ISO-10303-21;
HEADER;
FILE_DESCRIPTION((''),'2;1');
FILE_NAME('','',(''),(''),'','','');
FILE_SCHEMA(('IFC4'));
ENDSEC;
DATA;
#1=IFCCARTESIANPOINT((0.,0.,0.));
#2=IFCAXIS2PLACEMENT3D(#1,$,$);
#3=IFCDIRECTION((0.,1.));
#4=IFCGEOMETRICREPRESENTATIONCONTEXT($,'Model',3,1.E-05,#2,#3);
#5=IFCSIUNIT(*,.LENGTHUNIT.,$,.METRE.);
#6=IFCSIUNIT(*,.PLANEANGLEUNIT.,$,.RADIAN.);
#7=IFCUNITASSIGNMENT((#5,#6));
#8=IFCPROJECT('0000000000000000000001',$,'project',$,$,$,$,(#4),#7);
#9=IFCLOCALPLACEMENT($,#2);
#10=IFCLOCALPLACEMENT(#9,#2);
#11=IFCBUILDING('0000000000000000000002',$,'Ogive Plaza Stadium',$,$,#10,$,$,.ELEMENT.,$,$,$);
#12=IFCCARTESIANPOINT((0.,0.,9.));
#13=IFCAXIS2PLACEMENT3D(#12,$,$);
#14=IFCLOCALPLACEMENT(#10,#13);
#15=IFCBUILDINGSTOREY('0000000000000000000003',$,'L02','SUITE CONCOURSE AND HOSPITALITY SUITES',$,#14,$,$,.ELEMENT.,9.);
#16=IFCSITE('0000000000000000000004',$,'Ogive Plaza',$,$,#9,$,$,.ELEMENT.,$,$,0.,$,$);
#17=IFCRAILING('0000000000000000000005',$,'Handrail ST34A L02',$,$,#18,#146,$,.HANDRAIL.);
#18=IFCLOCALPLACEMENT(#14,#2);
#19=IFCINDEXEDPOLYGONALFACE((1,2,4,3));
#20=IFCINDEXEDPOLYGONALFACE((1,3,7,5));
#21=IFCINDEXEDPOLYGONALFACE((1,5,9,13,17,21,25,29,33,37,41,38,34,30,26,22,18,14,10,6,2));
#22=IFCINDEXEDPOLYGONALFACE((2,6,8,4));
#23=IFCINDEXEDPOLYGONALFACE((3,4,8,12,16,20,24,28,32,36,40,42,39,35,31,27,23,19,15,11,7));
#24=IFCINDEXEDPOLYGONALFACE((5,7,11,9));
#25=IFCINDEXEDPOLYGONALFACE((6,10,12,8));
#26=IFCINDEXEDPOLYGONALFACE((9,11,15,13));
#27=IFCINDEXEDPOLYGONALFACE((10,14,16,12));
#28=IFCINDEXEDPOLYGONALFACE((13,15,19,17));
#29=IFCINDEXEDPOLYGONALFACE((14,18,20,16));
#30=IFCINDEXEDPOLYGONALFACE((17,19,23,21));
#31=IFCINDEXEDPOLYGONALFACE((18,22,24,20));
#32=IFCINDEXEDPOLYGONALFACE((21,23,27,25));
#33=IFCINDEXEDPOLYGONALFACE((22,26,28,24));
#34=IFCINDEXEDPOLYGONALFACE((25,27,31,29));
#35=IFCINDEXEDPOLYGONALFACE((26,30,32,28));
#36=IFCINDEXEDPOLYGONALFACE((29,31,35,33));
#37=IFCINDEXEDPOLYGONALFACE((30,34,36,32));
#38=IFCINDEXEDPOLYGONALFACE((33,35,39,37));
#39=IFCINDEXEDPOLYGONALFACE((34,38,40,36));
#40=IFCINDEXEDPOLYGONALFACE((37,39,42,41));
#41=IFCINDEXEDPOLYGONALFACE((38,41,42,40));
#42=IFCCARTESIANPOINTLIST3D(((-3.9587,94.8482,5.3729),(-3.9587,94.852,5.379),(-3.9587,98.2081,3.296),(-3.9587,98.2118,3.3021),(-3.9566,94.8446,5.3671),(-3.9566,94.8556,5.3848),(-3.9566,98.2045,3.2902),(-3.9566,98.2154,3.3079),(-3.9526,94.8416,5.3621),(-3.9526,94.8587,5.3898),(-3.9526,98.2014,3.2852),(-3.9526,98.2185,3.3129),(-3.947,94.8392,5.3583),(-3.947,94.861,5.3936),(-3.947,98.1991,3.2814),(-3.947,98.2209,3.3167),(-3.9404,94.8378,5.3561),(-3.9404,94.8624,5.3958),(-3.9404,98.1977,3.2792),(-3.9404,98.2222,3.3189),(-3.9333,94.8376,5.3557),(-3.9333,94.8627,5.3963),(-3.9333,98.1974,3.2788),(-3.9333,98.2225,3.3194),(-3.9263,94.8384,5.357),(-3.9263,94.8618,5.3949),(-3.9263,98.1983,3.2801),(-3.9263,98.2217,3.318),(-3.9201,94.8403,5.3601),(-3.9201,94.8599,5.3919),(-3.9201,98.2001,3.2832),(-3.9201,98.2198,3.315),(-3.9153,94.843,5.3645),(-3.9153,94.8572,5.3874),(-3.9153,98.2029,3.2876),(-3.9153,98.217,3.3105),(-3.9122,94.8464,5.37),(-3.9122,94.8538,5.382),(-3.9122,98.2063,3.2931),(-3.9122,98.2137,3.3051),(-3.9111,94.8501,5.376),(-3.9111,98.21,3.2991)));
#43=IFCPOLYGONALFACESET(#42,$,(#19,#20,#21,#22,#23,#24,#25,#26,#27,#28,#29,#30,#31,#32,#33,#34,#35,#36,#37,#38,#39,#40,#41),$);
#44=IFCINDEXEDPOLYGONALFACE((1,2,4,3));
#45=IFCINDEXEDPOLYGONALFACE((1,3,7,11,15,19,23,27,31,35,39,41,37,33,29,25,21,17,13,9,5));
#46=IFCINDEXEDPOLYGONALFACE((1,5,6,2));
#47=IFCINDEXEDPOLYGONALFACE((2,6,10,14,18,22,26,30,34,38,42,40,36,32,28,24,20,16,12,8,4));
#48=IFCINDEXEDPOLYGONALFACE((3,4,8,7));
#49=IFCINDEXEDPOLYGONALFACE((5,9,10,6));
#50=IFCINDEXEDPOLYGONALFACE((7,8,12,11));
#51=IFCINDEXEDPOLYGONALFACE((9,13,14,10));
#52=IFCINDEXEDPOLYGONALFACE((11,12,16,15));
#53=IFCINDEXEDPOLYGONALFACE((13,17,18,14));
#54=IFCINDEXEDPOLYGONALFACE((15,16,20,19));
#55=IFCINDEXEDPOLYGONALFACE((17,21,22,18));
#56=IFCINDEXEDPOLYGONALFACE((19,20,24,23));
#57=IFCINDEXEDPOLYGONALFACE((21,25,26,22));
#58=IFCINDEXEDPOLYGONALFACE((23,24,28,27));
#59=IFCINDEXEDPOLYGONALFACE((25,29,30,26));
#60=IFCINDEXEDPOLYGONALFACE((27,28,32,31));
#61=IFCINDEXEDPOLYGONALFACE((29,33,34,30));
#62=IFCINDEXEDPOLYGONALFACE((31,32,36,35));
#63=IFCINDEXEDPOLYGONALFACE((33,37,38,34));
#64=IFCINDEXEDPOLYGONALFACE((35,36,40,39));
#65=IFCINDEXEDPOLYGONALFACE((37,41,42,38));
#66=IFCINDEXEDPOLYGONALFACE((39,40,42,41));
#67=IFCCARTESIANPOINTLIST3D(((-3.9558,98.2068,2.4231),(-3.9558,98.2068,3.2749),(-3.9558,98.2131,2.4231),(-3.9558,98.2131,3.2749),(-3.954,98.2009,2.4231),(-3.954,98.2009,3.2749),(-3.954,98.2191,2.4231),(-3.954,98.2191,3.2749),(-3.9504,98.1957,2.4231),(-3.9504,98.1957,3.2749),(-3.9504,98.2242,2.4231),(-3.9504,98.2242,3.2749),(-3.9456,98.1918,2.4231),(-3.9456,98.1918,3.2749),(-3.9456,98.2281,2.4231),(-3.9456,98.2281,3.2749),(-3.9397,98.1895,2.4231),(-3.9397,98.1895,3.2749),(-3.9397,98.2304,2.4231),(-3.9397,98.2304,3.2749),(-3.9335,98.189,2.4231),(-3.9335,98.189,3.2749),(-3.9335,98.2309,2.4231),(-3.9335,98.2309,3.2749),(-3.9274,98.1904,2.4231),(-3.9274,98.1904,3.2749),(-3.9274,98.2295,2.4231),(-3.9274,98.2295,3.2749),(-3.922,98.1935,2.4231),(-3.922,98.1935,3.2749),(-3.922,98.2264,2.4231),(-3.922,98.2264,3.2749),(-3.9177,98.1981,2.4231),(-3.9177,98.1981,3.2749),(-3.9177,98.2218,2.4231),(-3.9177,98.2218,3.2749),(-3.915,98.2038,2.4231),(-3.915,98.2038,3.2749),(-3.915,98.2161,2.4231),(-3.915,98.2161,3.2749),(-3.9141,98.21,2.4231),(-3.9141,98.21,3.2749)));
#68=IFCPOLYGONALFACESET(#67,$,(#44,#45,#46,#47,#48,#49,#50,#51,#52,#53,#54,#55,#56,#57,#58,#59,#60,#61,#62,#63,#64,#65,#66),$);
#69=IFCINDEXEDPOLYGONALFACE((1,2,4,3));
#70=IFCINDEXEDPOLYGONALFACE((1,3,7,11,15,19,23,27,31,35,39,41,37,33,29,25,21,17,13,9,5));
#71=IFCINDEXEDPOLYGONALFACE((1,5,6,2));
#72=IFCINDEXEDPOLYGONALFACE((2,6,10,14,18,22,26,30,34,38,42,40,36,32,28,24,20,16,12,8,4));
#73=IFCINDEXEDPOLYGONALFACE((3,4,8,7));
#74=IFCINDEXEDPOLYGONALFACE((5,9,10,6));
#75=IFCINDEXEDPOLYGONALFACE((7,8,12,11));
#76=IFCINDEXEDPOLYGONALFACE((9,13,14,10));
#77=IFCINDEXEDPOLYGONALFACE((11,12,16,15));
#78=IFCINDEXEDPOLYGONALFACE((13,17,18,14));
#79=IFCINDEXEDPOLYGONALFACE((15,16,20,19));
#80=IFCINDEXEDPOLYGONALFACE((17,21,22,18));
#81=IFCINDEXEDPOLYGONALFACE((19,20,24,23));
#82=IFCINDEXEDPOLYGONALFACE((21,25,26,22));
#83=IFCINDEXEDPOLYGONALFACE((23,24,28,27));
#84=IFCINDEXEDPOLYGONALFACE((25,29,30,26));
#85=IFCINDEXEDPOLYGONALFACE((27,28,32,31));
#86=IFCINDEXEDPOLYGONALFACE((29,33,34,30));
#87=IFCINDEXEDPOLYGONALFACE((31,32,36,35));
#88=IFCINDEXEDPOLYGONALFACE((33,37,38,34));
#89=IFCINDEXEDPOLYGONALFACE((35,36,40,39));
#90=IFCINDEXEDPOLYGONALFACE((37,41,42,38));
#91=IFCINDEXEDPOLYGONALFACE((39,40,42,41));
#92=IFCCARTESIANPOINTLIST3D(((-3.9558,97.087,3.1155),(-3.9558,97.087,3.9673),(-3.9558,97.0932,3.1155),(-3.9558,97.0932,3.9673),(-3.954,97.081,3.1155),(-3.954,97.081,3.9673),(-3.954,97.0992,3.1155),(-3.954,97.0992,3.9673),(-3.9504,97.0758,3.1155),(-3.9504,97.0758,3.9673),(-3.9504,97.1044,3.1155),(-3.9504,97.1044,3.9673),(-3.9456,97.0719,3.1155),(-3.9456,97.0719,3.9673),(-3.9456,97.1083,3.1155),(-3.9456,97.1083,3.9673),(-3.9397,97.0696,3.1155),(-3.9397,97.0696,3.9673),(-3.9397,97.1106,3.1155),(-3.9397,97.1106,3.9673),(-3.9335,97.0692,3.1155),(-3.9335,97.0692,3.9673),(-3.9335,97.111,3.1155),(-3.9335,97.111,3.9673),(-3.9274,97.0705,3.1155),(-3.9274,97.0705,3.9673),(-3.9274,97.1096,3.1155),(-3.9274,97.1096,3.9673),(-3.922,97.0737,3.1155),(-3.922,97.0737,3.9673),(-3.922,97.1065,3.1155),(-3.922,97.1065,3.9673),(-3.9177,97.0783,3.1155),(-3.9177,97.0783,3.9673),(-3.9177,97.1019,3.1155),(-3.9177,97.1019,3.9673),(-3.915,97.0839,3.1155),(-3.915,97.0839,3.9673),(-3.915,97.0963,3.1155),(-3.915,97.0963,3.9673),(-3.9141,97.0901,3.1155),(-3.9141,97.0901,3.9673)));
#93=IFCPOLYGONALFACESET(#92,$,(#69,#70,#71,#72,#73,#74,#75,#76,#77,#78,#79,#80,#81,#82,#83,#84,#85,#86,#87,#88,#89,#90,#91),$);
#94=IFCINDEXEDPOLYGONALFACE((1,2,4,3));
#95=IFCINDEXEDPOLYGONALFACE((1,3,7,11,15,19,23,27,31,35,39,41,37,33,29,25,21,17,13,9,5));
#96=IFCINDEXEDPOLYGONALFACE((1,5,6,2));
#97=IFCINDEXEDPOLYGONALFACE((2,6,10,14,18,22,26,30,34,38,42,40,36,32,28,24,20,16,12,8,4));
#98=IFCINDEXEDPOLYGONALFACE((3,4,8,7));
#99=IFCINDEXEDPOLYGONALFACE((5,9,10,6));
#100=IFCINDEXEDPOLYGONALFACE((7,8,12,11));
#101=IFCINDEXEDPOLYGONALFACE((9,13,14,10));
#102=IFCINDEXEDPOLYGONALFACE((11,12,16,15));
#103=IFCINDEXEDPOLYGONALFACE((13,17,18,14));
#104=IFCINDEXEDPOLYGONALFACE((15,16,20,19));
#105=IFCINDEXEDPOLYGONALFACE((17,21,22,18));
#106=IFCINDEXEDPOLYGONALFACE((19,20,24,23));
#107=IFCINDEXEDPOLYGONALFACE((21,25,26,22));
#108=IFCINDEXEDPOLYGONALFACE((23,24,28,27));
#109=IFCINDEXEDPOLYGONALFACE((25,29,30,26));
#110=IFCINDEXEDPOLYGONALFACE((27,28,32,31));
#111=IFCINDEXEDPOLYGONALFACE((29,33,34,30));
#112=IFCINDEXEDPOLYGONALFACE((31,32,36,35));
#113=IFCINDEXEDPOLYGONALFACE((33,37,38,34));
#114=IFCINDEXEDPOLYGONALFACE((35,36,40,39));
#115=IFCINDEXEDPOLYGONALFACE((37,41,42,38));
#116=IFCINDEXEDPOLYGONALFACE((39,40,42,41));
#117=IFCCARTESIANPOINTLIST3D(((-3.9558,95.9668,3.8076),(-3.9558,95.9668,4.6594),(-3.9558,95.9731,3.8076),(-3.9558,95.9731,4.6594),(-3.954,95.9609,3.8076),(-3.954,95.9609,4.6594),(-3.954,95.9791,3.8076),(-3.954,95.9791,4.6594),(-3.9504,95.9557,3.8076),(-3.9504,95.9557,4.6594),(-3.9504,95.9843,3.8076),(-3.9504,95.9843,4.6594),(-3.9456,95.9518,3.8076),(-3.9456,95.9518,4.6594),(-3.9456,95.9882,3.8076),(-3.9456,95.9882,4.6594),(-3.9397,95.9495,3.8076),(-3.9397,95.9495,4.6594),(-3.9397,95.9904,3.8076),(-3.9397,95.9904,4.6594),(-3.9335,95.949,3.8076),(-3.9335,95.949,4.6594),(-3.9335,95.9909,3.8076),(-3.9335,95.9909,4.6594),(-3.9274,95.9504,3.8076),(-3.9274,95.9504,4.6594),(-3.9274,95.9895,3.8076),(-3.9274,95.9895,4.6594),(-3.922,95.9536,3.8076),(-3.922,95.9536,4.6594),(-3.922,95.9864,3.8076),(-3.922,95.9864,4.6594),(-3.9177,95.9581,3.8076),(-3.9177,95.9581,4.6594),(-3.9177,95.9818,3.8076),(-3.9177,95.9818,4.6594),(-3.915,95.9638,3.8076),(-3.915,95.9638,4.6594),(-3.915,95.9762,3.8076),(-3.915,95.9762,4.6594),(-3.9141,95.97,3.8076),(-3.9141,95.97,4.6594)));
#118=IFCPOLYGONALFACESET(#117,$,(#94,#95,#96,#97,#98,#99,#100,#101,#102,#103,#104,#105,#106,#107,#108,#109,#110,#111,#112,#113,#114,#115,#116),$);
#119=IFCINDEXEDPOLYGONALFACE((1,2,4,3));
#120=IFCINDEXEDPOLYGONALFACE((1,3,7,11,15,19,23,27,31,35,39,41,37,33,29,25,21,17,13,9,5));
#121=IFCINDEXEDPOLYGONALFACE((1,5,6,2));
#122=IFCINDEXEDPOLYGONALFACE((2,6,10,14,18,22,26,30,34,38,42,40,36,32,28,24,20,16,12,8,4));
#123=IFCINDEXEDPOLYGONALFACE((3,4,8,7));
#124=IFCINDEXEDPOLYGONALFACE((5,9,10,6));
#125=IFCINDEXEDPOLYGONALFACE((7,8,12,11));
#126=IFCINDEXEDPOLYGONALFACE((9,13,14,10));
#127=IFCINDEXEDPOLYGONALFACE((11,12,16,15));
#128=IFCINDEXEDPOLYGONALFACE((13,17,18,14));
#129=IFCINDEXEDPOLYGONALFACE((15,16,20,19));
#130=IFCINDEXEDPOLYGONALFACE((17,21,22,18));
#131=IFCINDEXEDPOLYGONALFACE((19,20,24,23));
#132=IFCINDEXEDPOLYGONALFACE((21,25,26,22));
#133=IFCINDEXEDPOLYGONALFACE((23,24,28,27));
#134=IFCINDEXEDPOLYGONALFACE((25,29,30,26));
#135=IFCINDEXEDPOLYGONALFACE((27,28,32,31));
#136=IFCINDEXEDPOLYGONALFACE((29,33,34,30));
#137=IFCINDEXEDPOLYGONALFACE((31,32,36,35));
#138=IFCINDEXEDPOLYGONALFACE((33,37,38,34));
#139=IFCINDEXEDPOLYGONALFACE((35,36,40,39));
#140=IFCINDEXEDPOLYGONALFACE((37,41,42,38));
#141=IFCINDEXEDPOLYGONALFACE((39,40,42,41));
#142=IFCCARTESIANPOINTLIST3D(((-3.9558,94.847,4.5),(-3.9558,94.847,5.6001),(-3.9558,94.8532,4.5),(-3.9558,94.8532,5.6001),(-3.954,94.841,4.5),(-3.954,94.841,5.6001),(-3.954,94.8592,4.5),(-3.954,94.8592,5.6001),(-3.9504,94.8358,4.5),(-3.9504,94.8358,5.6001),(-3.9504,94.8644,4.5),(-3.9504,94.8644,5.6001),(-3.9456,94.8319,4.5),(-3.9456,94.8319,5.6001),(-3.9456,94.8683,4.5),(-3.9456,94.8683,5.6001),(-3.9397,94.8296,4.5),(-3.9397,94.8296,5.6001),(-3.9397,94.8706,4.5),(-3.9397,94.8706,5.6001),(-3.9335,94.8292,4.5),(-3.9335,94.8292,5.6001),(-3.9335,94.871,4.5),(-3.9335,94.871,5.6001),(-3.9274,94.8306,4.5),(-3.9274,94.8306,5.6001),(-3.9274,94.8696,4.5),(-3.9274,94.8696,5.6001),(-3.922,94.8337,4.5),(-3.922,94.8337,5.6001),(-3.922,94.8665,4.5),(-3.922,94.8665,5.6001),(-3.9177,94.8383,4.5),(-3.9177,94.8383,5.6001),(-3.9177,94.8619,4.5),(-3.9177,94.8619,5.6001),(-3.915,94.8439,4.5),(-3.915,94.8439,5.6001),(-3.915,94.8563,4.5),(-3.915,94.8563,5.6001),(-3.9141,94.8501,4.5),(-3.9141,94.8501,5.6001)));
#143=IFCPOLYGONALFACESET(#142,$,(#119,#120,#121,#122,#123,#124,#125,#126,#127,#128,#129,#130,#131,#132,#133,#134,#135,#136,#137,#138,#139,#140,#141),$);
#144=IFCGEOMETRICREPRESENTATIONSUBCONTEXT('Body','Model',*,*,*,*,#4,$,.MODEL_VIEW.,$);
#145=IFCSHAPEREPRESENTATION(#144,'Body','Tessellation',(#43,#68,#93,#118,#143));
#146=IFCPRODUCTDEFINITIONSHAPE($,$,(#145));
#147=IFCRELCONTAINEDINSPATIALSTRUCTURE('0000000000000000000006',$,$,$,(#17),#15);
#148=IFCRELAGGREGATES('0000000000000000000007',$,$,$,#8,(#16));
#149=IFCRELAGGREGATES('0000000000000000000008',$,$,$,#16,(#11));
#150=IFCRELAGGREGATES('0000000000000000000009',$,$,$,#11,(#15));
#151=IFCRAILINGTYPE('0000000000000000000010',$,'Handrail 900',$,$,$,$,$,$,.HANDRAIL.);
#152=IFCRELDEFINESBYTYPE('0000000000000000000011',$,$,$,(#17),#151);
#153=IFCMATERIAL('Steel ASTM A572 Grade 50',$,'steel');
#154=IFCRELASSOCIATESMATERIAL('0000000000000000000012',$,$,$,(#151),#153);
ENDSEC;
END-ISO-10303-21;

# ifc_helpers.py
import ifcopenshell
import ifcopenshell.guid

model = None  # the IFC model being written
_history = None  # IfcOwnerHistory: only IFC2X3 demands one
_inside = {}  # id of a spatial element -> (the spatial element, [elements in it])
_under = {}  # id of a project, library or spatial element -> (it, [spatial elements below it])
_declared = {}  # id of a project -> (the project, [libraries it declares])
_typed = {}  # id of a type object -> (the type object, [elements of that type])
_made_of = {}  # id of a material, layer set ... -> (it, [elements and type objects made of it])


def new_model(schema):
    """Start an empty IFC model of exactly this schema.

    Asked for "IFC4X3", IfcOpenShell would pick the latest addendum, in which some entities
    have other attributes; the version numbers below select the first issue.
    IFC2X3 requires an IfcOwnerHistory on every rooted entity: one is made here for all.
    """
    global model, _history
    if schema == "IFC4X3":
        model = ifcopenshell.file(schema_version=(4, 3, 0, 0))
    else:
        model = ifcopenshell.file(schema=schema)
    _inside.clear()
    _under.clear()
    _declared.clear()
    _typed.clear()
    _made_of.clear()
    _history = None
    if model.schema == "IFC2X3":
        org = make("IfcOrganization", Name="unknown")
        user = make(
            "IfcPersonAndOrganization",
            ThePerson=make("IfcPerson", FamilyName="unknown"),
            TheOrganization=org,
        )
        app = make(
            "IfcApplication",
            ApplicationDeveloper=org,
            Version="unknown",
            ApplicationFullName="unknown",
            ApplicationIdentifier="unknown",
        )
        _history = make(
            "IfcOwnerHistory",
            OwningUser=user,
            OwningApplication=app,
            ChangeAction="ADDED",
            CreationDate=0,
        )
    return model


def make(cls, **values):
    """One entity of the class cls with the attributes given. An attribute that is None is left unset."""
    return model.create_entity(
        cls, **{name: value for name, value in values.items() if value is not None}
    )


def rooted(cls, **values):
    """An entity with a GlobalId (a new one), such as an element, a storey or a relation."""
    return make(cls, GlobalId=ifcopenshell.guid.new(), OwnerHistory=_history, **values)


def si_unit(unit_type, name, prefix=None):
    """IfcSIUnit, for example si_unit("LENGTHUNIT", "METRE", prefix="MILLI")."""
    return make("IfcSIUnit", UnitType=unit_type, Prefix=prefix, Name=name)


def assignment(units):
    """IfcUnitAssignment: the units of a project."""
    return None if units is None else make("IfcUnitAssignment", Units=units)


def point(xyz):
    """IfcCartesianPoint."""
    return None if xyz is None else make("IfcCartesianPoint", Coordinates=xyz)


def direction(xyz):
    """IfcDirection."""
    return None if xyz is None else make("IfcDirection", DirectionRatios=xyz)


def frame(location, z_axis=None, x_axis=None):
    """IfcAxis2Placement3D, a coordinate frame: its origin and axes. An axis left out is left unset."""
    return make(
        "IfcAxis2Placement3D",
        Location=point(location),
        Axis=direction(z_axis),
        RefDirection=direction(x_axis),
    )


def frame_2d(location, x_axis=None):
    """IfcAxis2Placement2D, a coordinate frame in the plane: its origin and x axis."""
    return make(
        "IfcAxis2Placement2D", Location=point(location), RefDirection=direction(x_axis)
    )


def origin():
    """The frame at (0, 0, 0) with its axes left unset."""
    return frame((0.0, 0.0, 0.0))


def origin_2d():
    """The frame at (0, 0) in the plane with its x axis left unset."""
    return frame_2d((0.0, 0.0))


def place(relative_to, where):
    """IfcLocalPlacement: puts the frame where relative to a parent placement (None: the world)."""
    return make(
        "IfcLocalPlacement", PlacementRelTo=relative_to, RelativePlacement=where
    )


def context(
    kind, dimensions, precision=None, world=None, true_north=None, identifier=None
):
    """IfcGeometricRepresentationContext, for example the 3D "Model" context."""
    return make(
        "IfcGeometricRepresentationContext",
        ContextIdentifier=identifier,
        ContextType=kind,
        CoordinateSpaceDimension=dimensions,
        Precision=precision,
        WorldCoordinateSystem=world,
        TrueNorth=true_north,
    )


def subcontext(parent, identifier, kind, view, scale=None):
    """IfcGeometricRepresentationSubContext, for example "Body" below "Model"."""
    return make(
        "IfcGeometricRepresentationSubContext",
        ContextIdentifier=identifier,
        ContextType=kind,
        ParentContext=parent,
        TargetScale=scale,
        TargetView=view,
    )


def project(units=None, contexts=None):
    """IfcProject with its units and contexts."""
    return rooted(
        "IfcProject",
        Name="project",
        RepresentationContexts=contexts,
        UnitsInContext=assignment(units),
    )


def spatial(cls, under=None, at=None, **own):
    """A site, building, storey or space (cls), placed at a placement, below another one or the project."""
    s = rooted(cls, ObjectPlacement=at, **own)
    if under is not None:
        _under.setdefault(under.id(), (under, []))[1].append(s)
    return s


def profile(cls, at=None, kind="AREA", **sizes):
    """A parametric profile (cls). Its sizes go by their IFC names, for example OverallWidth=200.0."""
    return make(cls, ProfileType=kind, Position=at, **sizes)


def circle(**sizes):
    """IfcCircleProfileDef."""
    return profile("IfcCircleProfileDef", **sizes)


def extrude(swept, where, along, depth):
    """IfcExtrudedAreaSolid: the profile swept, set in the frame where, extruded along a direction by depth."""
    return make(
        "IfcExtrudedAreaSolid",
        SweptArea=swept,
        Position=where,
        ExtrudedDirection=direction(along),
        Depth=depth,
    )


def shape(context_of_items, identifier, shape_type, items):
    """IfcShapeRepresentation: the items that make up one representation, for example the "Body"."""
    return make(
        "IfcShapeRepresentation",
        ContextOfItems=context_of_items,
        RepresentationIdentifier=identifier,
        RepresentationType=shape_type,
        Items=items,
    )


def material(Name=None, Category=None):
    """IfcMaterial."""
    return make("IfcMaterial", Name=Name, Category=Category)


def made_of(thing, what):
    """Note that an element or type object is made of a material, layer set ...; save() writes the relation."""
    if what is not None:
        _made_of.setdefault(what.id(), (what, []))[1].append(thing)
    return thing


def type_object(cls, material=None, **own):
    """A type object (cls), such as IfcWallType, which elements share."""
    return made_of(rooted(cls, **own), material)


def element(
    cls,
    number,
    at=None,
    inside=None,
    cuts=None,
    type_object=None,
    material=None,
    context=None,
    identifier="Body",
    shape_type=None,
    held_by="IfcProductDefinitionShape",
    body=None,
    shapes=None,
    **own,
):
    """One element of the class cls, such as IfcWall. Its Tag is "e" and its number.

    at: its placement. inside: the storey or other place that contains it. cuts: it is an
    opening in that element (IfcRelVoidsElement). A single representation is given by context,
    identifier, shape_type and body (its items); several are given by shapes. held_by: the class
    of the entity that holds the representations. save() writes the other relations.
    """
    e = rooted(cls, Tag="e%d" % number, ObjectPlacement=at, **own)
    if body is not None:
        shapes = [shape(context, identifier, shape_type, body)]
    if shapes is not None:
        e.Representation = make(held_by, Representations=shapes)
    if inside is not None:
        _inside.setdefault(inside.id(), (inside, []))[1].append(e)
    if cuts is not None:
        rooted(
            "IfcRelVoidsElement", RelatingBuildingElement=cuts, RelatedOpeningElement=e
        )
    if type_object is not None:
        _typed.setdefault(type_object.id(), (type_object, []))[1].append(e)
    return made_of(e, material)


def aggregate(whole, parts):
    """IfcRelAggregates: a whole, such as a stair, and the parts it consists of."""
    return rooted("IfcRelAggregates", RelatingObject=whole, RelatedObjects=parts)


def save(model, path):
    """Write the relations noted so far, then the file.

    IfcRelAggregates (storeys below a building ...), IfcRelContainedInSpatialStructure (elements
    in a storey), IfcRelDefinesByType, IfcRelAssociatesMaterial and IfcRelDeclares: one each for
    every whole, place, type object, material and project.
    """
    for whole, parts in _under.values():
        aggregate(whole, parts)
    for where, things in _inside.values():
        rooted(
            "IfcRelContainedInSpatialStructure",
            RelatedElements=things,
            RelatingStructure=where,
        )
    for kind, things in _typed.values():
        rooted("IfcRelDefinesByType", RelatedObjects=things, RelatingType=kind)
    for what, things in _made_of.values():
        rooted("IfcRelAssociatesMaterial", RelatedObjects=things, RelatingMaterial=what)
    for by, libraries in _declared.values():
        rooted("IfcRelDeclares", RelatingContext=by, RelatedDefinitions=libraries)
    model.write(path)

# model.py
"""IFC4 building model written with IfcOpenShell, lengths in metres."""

from ifc_helpers import new_model, si_unit, direction, frame, origin, origin_2d, place, context, subcontext, project, spatial, circle, extrude, material, type_object, element, save


model = new_model("IFC4")

# Units and contexts
model_context = context("Model", 3, precision=1e-05, world=origin(), true_north=direction((0.0, 1.0)))
body_context = subcontext(model_context, "Body", "Model", "MODEL_VIEW")
ifc_project = project(units=[si_unit("LENGTHUNIT", "METRE"), si_unit("PLANEANGLEUNIT", "RADIAN")], contexts=[model_context])

# Site, building, storey
site_placement = place(None, origin())
site = spatial("IfcSite", under=ifc_project, at=site_placement, Name="Ogive Plaza", CompositionType="ELEMENT", RefElevation=0.0)
building_placement = place(site_placement, origin())
building = spatial("IfcBuilding", under=site, at=building_placement, Name="Ogive Plaza Stadium", CompositionType="ELEMENT")
storey_placement = place(building_placement, frame((0.0, 0.0, 9.0)))
storey = spatial("IfcBuildingStorey", under=building, at=storey_placement, Name="L02", Description="SUITE CONCOURSE AND HOSPITALITY SUITES", CompositionType="ELEMENT", Elevation=9.0)

# Railing
ifc_material_1 = material(Name="Steel ASTM A572 Grade 50", Category="steel")
railing_type_1 = type_object("IfcRailingType", Name="Handrail 900", PredefinedType="HANDRAIL", material=ifc_material_1)
for number, where, name in (
    (1, (-3.9351, 98.21, 2.4231), "Handrail ST34A L02"),
):
    element("IfcRailing", number, at=place(storey_placement, frame(where)), inside=storey, type_object=railing_type_1, Name=name, PredefinedType="HANDRAIL", context=body_context, shape_type="SweptSolid", body=[
        extrude(circle(Radius=0.0239, at=origin_2d()), frame((0.0, 0.0, 0.876), z_axis=(0.0, -0.850606, 0.525803), x_axis=(1.0, 0.0, 0.0)), (0.0, 0.0, 1.0), 3.95),
        extrude(circle(Radius=0.021, at=origin_2d()), origin(), (0.0, 0.0, 1.0), 0.8518),
        extrude(circle(Radius=0.021, at=origin_2d()), frame((0.0, -1.1199, 0.6924)), (0.0, 0.0, 1.0), 0.8518),
        extrude(circle(Radius=0.021, at=origin_2d()), frame((0.0, -2.24, 1.3845)), (0.0, 0.0, 1.0), 0.8518),
        extrude(circle(Radius=0.021, at=origin_2d()), frame((0.0, -3.3599, 2.0769)), (0.0, 0.0, 1.0), 1.1001),
    ])

save(model, "model.ifc")
